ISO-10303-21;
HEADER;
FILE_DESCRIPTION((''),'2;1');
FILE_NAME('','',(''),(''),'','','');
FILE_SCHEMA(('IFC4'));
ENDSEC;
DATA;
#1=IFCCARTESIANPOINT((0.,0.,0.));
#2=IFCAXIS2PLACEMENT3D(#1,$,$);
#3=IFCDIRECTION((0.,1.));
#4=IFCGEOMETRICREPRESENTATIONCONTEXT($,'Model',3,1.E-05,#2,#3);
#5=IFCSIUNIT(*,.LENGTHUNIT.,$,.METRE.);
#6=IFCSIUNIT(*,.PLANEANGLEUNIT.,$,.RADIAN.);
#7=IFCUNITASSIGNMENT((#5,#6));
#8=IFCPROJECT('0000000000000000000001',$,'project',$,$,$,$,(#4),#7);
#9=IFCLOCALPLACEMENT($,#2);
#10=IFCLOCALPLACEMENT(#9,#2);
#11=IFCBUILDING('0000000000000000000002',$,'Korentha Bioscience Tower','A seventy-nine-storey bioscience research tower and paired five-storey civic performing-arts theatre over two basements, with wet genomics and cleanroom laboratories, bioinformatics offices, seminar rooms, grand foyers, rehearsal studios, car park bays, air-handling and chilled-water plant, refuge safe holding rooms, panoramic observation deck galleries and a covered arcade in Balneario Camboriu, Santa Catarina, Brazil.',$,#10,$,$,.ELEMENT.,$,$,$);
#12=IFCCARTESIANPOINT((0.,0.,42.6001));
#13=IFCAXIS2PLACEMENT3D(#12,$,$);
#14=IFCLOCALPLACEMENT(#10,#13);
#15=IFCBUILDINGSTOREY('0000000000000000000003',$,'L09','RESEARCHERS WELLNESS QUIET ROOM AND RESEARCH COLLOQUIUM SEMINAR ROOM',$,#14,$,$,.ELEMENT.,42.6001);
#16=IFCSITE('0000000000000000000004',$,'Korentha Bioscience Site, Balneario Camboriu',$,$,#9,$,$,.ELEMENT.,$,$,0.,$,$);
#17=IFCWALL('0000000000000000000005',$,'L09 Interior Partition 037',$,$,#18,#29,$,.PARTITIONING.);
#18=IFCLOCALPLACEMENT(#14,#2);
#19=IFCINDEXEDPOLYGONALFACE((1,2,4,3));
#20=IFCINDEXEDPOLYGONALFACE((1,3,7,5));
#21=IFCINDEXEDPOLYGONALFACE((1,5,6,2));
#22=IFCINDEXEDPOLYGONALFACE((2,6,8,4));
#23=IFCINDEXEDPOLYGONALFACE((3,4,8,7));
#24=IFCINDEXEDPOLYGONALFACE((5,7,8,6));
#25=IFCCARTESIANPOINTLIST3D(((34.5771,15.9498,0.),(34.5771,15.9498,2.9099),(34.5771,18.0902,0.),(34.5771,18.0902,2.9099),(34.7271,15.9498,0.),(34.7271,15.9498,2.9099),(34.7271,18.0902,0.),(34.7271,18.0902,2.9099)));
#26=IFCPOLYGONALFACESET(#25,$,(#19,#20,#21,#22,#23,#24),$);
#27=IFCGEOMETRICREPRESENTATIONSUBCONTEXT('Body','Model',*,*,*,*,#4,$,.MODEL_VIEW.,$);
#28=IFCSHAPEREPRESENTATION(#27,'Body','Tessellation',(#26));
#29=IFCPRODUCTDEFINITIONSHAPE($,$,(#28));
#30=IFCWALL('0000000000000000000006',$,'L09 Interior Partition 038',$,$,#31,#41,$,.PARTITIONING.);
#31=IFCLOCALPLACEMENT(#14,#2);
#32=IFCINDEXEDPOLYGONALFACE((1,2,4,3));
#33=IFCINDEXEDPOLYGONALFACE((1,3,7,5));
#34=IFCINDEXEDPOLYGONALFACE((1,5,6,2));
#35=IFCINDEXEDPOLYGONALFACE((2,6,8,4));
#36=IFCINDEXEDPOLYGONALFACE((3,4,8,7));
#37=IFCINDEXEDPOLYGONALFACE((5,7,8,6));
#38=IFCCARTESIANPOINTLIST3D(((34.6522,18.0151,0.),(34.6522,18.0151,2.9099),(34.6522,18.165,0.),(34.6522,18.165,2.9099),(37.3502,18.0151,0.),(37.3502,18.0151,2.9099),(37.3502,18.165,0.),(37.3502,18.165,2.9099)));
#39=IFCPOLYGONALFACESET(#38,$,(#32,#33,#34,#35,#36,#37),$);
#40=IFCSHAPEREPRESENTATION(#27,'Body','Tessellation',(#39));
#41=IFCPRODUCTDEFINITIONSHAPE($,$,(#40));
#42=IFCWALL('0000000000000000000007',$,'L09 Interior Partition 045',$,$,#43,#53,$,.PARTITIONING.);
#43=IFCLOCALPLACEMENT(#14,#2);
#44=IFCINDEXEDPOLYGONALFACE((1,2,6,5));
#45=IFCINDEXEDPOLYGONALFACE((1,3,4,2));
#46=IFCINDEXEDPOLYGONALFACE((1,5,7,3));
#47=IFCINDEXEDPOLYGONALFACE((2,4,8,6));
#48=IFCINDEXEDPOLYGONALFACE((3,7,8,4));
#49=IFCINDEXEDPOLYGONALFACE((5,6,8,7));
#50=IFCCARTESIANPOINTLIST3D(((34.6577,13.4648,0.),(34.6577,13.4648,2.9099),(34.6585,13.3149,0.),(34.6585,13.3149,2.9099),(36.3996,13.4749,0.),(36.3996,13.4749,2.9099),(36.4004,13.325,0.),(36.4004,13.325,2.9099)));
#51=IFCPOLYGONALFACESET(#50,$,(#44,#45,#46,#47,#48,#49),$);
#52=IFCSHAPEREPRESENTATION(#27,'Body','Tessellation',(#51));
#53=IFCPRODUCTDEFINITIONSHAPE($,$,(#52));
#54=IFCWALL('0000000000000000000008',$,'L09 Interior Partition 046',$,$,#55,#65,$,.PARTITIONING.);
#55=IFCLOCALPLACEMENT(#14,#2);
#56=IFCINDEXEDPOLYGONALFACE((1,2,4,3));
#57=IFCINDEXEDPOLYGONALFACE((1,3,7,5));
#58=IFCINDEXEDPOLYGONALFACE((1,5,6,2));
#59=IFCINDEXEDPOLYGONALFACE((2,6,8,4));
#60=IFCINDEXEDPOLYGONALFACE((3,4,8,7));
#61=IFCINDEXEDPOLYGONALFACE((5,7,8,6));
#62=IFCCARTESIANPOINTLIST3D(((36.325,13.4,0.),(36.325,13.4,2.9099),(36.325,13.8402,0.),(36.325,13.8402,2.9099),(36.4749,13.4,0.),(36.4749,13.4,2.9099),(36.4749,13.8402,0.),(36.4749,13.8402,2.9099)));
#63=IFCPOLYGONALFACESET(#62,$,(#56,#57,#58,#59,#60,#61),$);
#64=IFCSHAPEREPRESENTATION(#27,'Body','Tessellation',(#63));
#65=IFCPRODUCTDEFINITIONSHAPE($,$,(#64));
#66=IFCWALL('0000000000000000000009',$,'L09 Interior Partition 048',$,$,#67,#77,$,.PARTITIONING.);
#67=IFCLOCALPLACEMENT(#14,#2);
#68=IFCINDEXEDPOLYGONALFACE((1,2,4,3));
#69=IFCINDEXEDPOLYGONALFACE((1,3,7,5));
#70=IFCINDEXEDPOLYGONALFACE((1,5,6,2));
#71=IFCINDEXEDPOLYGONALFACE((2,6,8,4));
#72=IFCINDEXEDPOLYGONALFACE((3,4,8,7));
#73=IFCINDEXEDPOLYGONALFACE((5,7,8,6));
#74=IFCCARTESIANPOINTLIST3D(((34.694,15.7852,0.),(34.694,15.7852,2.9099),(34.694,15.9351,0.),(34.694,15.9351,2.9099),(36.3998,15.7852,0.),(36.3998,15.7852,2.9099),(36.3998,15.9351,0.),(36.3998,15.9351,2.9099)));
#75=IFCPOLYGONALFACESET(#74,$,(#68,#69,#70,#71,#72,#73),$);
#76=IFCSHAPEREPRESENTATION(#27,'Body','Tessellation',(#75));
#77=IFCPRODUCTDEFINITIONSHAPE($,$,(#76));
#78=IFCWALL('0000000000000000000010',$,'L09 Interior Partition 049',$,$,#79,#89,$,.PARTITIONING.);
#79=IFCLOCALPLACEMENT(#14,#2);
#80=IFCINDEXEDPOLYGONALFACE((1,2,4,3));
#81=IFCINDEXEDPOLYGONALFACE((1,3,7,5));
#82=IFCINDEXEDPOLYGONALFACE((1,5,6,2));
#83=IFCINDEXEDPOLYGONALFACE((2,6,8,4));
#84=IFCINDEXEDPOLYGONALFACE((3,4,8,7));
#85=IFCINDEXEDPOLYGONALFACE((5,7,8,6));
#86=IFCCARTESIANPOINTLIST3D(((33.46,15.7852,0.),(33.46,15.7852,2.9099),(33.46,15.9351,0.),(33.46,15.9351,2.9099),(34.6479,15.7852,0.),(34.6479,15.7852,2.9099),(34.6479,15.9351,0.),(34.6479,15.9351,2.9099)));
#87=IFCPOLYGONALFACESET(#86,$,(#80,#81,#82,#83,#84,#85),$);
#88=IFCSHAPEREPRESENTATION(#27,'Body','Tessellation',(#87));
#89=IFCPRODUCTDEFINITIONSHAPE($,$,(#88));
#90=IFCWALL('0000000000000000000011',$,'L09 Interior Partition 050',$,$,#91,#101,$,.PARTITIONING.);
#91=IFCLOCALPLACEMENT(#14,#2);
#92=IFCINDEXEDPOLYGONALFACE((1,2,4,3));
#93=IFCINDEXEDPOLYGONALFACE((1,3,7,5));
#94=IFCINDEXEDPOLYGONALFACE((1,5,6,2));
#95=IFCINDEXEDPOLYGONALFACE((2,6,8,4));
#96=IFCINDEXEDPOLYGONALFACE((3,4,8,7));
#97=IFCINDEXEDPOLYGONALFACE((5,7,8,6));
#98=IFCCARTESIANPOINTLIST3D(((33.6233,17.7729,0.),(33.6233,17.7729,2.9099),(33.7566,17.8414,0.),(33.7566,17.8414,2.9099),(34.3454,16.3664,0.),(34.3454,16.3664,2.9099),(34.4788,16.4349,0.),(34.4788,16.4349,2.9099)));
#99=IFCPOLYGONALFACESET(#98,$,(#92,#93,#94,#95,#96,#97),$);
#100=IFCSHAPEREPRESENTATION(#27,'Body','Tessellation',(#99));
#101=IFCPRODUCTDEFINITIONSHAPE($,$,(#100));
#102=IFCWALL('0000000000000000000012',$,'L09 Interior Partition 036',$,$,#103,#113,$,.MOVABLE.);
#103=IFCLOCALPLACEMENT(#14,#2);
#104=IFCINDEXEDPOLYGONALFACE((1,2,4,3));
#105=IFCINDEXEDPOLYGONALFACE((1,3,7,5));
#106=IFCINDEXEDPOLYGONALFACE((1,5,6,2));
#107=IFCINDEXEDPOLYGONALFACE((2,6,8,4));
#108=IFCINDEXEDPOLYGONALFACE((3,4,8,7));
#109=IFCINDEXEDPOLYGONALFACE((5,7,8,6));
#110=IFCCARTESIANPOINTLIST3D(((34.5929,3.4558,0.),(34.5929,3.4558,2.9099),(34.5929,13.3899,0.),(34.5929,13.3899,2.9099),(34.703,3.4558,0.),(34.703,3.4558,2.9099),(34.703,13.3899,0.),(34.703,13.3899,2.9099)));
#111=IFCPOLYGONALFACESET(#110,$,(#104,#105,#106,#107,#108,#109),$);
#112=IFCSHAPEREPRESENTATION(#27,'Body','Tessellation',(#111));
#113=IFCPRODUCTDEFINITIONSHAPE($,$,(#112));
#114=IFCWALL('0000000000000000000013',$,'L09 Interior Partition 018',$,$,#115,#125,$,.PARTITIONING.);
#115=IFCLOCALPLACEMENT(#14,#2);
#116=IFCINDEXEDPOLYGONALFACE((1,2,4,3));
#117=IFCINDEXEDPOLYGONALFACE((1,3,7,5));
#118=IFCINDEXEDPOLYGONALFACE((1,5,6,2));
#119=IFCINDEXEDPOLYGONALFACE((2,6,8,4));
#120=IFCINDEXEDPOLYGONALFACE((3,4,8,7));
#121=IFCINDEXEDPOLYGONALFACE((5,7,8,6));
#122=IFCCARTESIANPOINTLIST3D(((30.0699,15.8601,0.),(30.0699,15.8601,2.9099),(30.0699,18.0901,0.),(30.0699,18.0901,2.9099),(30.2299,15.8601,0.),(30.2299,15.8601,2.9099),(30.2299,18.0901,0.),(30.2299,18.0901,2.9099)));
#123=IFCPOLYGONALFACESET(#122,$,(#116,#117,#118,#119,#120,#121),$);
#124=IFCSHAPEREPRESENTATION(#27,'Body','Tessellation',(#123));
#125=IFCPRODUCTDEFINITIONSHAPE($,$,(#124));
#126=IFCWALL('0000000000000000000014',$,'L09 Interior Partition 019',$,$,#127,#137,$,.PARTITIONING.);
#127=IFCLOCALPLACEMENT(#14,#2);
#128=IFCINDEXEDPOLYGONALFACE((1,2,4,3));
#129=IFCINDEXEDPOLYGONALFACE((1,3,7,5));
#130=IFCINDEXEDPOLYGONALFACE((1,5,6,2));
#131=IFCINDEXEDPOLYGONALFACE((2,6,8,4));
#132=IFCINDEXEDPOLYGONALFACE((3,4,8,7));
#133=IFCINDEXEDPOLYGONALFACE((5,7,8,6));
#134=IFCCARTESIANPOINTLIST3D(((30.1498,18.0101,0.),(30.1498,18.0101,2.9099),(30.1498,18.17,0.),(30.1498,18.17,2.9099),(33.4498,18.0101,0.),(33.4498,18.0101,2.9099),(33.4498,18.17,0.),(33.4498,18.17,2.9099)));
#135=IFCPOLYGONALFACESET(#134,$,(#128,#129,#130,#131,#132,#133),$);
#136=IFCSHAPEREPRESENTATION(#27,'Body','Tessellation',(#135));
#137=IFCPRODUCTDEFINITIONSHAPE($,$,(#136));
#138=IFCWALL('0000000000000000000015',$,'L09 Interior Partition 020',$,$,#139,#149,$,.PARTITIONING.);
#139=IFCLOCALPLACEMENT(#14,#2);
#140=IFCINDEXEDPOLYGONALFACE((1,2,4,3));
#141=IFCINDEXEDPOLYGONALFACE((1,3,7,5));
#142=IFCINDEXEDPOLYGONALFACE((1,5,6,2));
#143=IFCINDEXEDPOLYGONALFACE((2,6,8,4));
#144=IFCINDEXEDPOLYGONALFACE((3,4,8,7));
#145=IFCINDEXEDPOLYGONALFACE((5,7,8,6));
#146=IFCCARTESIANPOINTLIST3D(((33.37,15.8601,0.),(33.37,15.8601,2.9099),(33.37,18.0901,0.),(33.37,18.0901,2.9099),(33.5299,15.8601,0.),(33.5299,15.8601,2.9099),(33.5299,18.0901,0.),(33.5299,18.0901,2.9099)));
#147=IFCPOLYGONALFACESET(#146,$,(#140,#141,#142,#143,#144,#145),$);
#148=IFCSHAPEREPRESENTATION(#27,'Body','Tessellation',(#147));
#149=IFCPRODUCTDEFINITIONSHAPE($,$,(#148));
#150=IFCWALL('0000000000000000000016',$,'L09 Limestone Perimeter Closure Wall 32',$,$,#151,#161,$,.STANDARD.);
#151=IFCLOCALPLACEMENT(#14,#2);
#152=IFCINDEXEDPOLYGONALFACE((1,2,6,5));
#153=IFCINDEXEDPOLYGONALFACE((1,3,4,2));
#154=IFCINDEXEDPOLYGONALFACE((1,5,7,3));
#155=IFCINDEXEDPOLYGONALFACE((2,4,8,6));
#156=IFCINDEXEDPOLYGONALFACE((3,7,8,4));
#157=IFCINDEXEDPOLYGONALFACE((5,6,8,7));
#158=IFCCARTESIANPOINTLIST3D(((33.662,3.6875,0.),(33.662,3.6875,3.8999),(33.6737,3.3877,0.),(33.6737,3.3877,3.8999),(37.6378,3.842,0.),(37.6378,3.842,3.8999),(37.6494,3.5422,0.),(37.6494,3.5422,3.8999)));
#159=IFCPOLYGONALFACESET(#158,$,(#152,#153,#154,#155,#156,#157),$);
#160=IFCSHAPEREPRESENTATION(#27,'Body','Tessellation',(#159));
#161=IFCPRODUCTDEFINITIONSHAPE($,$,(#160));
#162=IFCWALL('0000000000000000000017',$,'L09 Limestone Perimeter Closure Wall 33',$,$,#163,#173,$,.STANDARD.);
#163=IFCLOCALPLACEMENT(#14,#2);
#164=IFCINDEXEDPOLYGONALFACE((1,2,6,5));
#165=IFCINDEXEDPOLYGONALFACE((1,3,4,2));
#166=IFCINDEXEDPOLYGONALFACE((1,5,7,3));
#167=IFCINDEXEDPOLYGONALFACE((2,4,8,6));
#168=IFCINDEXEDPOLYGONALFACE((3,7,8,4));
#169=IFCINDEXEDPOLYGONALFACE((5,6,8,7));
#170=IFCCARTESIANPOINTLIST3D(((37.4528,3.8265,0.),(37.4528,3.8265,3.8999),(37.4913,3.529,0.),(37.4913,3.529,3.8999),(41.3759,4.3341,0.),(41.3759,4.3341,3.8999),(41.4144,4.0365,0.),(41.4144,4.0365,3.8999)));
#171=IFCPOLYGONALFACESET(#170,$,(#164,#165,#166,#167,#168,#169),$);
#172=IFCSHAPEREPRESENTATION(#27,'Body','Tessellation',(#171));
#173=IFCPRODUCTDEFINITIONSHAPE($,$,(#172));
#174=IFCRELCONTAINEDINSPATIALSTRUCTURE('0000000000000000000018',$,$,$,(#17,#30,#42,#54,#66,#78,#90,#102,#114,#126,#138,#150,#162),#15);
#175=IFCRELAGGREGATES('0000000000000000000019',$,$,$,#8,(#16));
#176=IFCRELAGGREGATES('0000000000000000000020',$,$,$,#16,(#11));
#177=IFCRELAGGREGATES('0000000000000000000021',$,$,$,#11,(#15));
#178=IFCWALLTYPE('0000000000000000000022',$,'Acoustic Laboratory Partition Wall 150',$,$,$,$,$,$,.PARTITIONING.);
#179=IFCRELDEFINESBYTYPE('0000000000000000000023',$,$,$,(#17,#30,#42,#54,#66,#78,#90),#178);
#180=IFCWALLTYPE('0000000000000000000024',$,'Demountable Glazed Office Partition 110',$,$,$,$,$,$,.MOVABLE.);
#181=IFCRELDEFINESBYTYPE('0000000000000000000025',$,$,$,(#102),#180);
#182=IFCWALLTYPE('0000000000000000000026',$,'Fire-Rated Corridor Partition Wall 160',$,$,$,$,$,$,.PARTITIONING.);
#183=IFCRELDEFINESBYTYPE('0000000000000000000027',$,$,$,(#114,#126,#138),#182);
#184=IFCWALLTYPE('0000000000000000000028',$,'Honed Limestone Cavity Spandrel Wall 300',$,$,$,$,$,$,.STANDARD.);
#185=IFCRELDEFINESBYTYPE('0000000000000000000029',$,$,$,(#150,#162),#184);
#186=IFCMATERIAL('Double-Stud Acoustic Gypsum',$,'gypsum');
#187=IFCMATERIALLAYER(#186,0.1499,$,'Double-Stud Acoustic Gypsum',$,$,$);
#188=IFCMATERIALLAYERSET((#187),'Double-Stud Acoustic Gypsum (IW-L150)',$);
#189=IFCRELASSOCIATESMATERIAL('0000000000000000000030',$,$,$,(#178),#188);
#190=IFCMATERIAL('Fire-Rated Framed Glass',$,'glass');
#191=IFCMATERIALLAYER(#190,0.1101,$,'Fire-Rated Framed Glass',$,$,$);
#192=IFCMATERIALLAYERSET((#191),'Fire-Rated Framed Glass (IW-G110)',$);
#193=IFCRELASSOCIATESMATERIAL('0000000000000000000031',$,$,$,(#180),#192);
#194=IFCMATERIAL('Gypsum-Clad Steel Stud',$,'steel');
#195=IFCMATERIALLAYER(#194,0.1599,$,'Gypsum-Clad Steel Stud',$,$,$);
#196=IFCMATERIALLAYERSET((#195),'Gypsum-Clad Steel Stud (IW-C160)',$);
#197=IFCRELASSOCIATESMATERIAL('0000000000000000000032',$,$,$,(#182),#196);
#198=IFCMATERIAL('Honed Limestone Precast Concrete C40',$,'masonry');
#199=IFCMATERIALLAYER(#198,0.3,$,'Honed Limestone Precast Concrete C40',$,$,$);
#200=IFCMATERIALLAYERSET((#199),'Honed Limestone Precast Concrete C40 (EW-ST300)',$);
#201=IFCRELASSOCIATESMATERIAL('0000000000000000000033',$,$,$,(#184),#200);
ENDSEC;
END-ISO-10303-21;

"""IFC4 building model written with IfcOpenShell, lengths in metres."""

from ifc_helpers import new_model, si_unit, direction, frame, frame_2d, origin, place, context, subcontext, project, spatial, rectangle, extrude, material, layer, layer_set, type_object, element, save


model = new_model("IFC4")

# Units and contexts
model_context = context("Model", 3, precision=1e-05, world=origin(), true_north=direction((0.0, 1.0)))
body_context = subcontext(model_context, "Body", "Model", "MODEL_VIEW")
ifc_project = project(units=[si_unit("LENGTHUNIT", "METRE"), si_unit("PLANEANGLEUNIT", "RADIAN")], contexts=[model_context])

# Site, building, storey
site_placement = place(None, origin())
site = spatial("IfcSite", under=ifc_project, at=site_placement, Name="Korentha Bioscience Site, Balneario Camboriu", CompositionType="ELEMENT", RefElevation=0.0)
building_placement = place(site_placement, origin())
building = spatial("IfcBuilding", under=site, at=building_placement, Name="Korentha Bioscience Tower", Description="A seventy-nine-storey bioscience research tower and paired five-storey civic performing-arts theatre over two basements, with wet genomics and cleanroom laboratories, bioinformatics offices, seminar rooms, grand foyers, rehearsal studios, car park bays, air-handling and chilled-water plant, refuge safe holding rooms, panoramic observation deck galleries and a covered arcade in Balneario Camboriu, Santa Catarina, Brazil.", CompositionType="ELEMENT")
storey_placement = place(building_placement, frame((0.0, 0.0, 42.6001)))
storey = spatial("IfcBuildingStorey", under=building, at=storey_placement, Name="L09", Description="RESEARCHERS WELLNESS QUIET ROOM AND RESEARCH COLLOQUIUM SEMINAR ROOM", CompositionType="ELEMENT", Elevation=42.6001)

# Shared definitions
ifc_material_1 = material(Name="Double-Stud Acoustic Gypsum", Category="gypsum")
ifc_layer_1 = layer(ifc_material_1, 0.1499, Name="Double-Stud Acoustic Gypsum")
ifc_layer_set_1 = layer_set([ifc_layer_1], Name="Double-Stud Acoustic Gypsum (IW-L150)")
wall_type_1 = type_object("IfcWallType", Name="Acoustic Laboratory Partition Wall 150", PredefinedType="PARTITIONING", material=ifc_layer_set_1)

# Walls
wall_1_placement = place(storey_placement, frame((34.6521, 15.9497, 0.0), z_axis=(0.0, 0.0, 1.0), x_axis=(0.0, 1.0, 0.0)))
element("IfcWall", 1, at=wall_1_placement, inside=storey, type_object=wall_type_1, Name="L09 Interior Partition 037", PredefinedType="PARTITIONING", context=body_context, shape_type="SweptSolid", body=[
    extrude(rectangle(XDim=2.1404, YDim=0.1499, at=frame_2d((1.0703, 0.0))), origin(), (0.0, 0.0, 1.0), 2.9099),
])
wall_2_placement = place(storey_placement, frame((34.6521, 18.0901, 0.0), z_axis=(0.0, 0.0, 1.0), x_axis=(1.0, 0.0, 0.0)))
element("IfcWall", 2, at=wall_2_placement, inside=storey, type_object=wall_type_1, Name="L09 Interior Partition 038", PredefinedType="PARTITIONING", context=body_context, shape_type="SweptSolid", body=[
    extrude(rectangle(XDim=2.698, YDim=0.1499, at=frame_2d((1.3491, 0.0))), origin(), (0.0, 0.0, 1.0), 2.9099),
])
wall_3_placement = place(storey_placement, frame((34.658, 13.3899, 0.0), z_axis=(0.0, 0.0, 1.0), x_axis=(0.999983, 0.005746, 0.0)))
element("IfcWall", 3, at=wall_3_placement, inside=storey, type_object=wall_type_1, Name="L09 Interior Partition 045", PredefinedType="PARTITIONING", context=body_context, shape_type="SweptSolid", body=[
    extrude(rectangle(XDim=1.7419, YDim=0.1499, at=frame_2d((0.8711, 0.0))), origin(), (0.0, 0.0, 1.0), 2.9099),
])
wall_4_placement = place(storey_placement, frame((36.3999, 13.3999, 0.0), z_axis=(0.0, 0.0, 1.0), x_axis=(0.0, 1.0, 0.0)))
element("IfcWall", 4, at=wall_4_placement, inside=storey, type_object=wall_type_1, Name="L09 Interior Partition 046", PredefinedType="PARTITIONING", context=body_context, shape_type="SweptSolid", body=[
    extrude(rectangle(XDim=0.4402, YDim=0.1499, at=frame_2d((0.2202, 0.0))), origin(), (0.0, 0.0, 1.0), 2.9099),
])
wall_5_placement = place(storey_placement, frame((36.3999, 15.8601, 0.0), z_axis=(0.0, 0.0, 1.0), x_axis=(-1.0, 0.0, 0.0)))
element("IfcWall", 5, at=wall_5_placement, inside=storey, type_object=wall_type_1, Name="L09 Interior Partition 048", PredefinedType="PARTITIONING", context=body_context, shape_type="SweptSolid", body=[
    extrude(rectangle(XDim=1.7058, YDim=0.1499, at=frame_2d((0.853, 0.0))), origin(), (0.0, 0.0, 1.0), 2.9099),
])
wall_6_placement = place(storey_placement, frame((34.6479, 15.8601, 0.0), z_axis=(0.0, 0.0, 1.0), x_axis=(-1.0, 0.0, 0.0)))
element("IfcWall", 6, at=wall_6_placement, inside=storey, type_object=wall_type_1, Name="L09 Interior Partition 049", PredefinedType="PARTITIONING", context=body_context, shape_type="SweptSolid", body=[
    extrude(rectangle(XDim=1.188, YDim=0.1499, at=frame_2d((0.594, 0.0))), origin(), (0.0, 0.0, 1.0), 2.9099),
])
wall_7_placement = place(storey_placement, frame((33.6899, 17.8071, 0.0), z_axis=(0.0, 0.0, 1.0), x_axis=(0.456762, -0.889589, 0.0)))
element("IfcWall", 7, at=wall_7_placement, inside=storey, type_object=wall_type_1, Name="L09 Interior Partition 050", PredefinedType="PARTITIONING", context=body_context, shape_type="SweptSolid", body=[
    extrude(rectangle(XDim=1.5811, YDim=0.1499, at=frame_2d((0.7905, 0.0))), origin(), (0.0, 0.0, 1.0), 2.9099),
])
ifc_material_2 = material(Name="Fire-Rated Framed Glass", Category="glass")
ifc_layer_2 = layer(ifc_material_2, 0.1101, Name="Fire-Rated Framed Glass")
ifc_layer_set_2 = layer_set([ifc_layer_2], Name="Fire-Rated Framed Glass (IW-G110)")
wall_type_2 = type_object("IfcWallType", Name="Demountable Glazed Office Partition 110", PredefinedType="MOVABLE", material=ifc_layer_set_2)
wall_8_placement = place(storey_placement, frame((34.6479, 13.3899, 0.0), z_axis=(0.0, 0.0, 1.0), x_axis=(0.0, -1.0, 0.0)))
element("IfcWall", 8, at=wall_8_placement, inside=storey, type_object=wall_type_2, Name="L09 Interior Partition 036", PredefinedType="MOVABLE", context=body_context, shape_type="SweptSolid", body=[
    extrude(rectangle(XDim=9.9341, YDim=0.1101, at=frame_2d((4.967, 0.0))), origin(), (0.0, 0.0, 1.0), 2.9099),
])

# Shared definitions
ifc_material_3 = material(Name="Gypsum-Clad Steel Stud", Category="steel")
ifc_layer_3 = layer(ifc_material_3, 0.1599, Name="Gypsum-Clad Steel Stud")
ifc_layer_set_3 = layer_set([ifc_layer_3], Name="Gypsum-Clad Steel Stud (IW-C160)")
wall_type_3 = type_object("IfcWallType", Name="Fire-Rated Corridor Partition Wall 160", PredefinedType="PARTITIONING", material=ifc_layer_set_3)

# Walls
wall_9_placement = place(storey_placement, frame((30.1499, 15.8601, 0.0), z_axis=(0.0, 0.0, 1.0), x_axis=(0.0, 1.0, 0.0)))
element("IfcWall", 9, at=wall_9_placement, inside=storey, type_object=wall_type_3, Name="L09 Interior Partition 018", PredefinedType="PARTITIONING", context=body_context, shape_type="SweptSolid", body=[
    extrude(rectangle(XDim=2.23, YDim=0.1599, at=frame_2d((1.115, 0.0))), origin(), (0.0, 0.0, 1.0), 2.9099),
])
wall_10_placement = place(storey_placement, frame((30.1499, 18.0901, 0.0), z_axis=(0.0, 0.0, 1.0), x_axis=(1.0, 0.0, 0.0)))
element("IfcWall", 10, at=wall_10_placement, inside=storey, type_object=wall_type_3, Name="L09 Interior Partition 019", PredefinedType="PARTITIONING", context=body_context, shape_type="SweptSolid", body=[
    extrude(rectangle(XDim=3.3, YDim=0.1599, at=frame_2d((1.6499, 0.0))), origin(), (0.0, 0.0, 1.0), 2.9099),
])
wall_11_placement = place(storey_placement, frame((33.45, 18.0901, 0.0), z_axis=(0.0, 0.0, 1.0), x_axis=(0.0, -1.0, 0.0)))
element("IfcWall", 11, at=wall_11_placement, inside=storey, type_object=wall_type_3, Name="L09 Interior Partition 020", PredefinedType="PARTITIONING", context=body_context, shape_type="SweptSolid", body=[
    extrude(rectangle(XDim=2.23, YDim=0.1599, at=frame_2d((1.115, 0.0))), origin(), (0.0, 0.0, 1.0), 2.9099),
])
ifc_material_4 = material(Name="Honed Limestone Precast Concrete C40", Category="masonry")
ifc_layer_4 = layer(ifc_material_4, 0.3, Name="Honed Limestone Precast Concrete C40")
ifc_layer_set_4 = layer_set([ifc_layer_4], Name="Honed Limestone Precast Concrete C40 (EW-ST300)")
wall_type_4 = type_object("IfcWallType", Name="Honed Limestone Cavity Spandrel Wall 300", PredefinedType="STANDARD", material=ifc_layer_set_4)
wall_12_placement = place(storey_placement, frame((33.668, 3.5376, 0.0), z_axis=(0.0, 0.0, 1.0), x_axis=(0.999245, 0.038841, 0.0)))
element("IfcWall", 12, at=wall_12_placement, inside=storey, type_object=wall_type_4, Name="L09 Limestone Perimeter Closure Wall 32", PredefinedType="STANDARD", context=body_context, shape_type="SweptSolid", body=[
    extrude(rectangle(XDim=3.9788, YDim=0.3, at=frame_2d((1.9893, 0.0))), origin(), (0.0, 0.0, 1.0), 3.8999),
])
wall_13_placement = place(storey_placement, frame((37.4719, 3.6777, 0.0), z_axis=(0.0, 0.0, 1.0), x_axis=(0.991734, 0.12831, 0.0)))
element("IfcWall", 13, at=wall_13_placement, inside=storey, type_object=wall_type_4, Name="L09 Limestone Perimeter Closure Wall 33", PredefinedType="STANDARD", context=body_context, shape_type="SweptSolid", body=[
    extrude(rectangle(XDim=3.9558, YDim=0.3, at=frame_2d((1.978, 0.0))), origin(), (0.0, 0.0, 1.0), 3.8999),
])

save(model, "model.ifc")
